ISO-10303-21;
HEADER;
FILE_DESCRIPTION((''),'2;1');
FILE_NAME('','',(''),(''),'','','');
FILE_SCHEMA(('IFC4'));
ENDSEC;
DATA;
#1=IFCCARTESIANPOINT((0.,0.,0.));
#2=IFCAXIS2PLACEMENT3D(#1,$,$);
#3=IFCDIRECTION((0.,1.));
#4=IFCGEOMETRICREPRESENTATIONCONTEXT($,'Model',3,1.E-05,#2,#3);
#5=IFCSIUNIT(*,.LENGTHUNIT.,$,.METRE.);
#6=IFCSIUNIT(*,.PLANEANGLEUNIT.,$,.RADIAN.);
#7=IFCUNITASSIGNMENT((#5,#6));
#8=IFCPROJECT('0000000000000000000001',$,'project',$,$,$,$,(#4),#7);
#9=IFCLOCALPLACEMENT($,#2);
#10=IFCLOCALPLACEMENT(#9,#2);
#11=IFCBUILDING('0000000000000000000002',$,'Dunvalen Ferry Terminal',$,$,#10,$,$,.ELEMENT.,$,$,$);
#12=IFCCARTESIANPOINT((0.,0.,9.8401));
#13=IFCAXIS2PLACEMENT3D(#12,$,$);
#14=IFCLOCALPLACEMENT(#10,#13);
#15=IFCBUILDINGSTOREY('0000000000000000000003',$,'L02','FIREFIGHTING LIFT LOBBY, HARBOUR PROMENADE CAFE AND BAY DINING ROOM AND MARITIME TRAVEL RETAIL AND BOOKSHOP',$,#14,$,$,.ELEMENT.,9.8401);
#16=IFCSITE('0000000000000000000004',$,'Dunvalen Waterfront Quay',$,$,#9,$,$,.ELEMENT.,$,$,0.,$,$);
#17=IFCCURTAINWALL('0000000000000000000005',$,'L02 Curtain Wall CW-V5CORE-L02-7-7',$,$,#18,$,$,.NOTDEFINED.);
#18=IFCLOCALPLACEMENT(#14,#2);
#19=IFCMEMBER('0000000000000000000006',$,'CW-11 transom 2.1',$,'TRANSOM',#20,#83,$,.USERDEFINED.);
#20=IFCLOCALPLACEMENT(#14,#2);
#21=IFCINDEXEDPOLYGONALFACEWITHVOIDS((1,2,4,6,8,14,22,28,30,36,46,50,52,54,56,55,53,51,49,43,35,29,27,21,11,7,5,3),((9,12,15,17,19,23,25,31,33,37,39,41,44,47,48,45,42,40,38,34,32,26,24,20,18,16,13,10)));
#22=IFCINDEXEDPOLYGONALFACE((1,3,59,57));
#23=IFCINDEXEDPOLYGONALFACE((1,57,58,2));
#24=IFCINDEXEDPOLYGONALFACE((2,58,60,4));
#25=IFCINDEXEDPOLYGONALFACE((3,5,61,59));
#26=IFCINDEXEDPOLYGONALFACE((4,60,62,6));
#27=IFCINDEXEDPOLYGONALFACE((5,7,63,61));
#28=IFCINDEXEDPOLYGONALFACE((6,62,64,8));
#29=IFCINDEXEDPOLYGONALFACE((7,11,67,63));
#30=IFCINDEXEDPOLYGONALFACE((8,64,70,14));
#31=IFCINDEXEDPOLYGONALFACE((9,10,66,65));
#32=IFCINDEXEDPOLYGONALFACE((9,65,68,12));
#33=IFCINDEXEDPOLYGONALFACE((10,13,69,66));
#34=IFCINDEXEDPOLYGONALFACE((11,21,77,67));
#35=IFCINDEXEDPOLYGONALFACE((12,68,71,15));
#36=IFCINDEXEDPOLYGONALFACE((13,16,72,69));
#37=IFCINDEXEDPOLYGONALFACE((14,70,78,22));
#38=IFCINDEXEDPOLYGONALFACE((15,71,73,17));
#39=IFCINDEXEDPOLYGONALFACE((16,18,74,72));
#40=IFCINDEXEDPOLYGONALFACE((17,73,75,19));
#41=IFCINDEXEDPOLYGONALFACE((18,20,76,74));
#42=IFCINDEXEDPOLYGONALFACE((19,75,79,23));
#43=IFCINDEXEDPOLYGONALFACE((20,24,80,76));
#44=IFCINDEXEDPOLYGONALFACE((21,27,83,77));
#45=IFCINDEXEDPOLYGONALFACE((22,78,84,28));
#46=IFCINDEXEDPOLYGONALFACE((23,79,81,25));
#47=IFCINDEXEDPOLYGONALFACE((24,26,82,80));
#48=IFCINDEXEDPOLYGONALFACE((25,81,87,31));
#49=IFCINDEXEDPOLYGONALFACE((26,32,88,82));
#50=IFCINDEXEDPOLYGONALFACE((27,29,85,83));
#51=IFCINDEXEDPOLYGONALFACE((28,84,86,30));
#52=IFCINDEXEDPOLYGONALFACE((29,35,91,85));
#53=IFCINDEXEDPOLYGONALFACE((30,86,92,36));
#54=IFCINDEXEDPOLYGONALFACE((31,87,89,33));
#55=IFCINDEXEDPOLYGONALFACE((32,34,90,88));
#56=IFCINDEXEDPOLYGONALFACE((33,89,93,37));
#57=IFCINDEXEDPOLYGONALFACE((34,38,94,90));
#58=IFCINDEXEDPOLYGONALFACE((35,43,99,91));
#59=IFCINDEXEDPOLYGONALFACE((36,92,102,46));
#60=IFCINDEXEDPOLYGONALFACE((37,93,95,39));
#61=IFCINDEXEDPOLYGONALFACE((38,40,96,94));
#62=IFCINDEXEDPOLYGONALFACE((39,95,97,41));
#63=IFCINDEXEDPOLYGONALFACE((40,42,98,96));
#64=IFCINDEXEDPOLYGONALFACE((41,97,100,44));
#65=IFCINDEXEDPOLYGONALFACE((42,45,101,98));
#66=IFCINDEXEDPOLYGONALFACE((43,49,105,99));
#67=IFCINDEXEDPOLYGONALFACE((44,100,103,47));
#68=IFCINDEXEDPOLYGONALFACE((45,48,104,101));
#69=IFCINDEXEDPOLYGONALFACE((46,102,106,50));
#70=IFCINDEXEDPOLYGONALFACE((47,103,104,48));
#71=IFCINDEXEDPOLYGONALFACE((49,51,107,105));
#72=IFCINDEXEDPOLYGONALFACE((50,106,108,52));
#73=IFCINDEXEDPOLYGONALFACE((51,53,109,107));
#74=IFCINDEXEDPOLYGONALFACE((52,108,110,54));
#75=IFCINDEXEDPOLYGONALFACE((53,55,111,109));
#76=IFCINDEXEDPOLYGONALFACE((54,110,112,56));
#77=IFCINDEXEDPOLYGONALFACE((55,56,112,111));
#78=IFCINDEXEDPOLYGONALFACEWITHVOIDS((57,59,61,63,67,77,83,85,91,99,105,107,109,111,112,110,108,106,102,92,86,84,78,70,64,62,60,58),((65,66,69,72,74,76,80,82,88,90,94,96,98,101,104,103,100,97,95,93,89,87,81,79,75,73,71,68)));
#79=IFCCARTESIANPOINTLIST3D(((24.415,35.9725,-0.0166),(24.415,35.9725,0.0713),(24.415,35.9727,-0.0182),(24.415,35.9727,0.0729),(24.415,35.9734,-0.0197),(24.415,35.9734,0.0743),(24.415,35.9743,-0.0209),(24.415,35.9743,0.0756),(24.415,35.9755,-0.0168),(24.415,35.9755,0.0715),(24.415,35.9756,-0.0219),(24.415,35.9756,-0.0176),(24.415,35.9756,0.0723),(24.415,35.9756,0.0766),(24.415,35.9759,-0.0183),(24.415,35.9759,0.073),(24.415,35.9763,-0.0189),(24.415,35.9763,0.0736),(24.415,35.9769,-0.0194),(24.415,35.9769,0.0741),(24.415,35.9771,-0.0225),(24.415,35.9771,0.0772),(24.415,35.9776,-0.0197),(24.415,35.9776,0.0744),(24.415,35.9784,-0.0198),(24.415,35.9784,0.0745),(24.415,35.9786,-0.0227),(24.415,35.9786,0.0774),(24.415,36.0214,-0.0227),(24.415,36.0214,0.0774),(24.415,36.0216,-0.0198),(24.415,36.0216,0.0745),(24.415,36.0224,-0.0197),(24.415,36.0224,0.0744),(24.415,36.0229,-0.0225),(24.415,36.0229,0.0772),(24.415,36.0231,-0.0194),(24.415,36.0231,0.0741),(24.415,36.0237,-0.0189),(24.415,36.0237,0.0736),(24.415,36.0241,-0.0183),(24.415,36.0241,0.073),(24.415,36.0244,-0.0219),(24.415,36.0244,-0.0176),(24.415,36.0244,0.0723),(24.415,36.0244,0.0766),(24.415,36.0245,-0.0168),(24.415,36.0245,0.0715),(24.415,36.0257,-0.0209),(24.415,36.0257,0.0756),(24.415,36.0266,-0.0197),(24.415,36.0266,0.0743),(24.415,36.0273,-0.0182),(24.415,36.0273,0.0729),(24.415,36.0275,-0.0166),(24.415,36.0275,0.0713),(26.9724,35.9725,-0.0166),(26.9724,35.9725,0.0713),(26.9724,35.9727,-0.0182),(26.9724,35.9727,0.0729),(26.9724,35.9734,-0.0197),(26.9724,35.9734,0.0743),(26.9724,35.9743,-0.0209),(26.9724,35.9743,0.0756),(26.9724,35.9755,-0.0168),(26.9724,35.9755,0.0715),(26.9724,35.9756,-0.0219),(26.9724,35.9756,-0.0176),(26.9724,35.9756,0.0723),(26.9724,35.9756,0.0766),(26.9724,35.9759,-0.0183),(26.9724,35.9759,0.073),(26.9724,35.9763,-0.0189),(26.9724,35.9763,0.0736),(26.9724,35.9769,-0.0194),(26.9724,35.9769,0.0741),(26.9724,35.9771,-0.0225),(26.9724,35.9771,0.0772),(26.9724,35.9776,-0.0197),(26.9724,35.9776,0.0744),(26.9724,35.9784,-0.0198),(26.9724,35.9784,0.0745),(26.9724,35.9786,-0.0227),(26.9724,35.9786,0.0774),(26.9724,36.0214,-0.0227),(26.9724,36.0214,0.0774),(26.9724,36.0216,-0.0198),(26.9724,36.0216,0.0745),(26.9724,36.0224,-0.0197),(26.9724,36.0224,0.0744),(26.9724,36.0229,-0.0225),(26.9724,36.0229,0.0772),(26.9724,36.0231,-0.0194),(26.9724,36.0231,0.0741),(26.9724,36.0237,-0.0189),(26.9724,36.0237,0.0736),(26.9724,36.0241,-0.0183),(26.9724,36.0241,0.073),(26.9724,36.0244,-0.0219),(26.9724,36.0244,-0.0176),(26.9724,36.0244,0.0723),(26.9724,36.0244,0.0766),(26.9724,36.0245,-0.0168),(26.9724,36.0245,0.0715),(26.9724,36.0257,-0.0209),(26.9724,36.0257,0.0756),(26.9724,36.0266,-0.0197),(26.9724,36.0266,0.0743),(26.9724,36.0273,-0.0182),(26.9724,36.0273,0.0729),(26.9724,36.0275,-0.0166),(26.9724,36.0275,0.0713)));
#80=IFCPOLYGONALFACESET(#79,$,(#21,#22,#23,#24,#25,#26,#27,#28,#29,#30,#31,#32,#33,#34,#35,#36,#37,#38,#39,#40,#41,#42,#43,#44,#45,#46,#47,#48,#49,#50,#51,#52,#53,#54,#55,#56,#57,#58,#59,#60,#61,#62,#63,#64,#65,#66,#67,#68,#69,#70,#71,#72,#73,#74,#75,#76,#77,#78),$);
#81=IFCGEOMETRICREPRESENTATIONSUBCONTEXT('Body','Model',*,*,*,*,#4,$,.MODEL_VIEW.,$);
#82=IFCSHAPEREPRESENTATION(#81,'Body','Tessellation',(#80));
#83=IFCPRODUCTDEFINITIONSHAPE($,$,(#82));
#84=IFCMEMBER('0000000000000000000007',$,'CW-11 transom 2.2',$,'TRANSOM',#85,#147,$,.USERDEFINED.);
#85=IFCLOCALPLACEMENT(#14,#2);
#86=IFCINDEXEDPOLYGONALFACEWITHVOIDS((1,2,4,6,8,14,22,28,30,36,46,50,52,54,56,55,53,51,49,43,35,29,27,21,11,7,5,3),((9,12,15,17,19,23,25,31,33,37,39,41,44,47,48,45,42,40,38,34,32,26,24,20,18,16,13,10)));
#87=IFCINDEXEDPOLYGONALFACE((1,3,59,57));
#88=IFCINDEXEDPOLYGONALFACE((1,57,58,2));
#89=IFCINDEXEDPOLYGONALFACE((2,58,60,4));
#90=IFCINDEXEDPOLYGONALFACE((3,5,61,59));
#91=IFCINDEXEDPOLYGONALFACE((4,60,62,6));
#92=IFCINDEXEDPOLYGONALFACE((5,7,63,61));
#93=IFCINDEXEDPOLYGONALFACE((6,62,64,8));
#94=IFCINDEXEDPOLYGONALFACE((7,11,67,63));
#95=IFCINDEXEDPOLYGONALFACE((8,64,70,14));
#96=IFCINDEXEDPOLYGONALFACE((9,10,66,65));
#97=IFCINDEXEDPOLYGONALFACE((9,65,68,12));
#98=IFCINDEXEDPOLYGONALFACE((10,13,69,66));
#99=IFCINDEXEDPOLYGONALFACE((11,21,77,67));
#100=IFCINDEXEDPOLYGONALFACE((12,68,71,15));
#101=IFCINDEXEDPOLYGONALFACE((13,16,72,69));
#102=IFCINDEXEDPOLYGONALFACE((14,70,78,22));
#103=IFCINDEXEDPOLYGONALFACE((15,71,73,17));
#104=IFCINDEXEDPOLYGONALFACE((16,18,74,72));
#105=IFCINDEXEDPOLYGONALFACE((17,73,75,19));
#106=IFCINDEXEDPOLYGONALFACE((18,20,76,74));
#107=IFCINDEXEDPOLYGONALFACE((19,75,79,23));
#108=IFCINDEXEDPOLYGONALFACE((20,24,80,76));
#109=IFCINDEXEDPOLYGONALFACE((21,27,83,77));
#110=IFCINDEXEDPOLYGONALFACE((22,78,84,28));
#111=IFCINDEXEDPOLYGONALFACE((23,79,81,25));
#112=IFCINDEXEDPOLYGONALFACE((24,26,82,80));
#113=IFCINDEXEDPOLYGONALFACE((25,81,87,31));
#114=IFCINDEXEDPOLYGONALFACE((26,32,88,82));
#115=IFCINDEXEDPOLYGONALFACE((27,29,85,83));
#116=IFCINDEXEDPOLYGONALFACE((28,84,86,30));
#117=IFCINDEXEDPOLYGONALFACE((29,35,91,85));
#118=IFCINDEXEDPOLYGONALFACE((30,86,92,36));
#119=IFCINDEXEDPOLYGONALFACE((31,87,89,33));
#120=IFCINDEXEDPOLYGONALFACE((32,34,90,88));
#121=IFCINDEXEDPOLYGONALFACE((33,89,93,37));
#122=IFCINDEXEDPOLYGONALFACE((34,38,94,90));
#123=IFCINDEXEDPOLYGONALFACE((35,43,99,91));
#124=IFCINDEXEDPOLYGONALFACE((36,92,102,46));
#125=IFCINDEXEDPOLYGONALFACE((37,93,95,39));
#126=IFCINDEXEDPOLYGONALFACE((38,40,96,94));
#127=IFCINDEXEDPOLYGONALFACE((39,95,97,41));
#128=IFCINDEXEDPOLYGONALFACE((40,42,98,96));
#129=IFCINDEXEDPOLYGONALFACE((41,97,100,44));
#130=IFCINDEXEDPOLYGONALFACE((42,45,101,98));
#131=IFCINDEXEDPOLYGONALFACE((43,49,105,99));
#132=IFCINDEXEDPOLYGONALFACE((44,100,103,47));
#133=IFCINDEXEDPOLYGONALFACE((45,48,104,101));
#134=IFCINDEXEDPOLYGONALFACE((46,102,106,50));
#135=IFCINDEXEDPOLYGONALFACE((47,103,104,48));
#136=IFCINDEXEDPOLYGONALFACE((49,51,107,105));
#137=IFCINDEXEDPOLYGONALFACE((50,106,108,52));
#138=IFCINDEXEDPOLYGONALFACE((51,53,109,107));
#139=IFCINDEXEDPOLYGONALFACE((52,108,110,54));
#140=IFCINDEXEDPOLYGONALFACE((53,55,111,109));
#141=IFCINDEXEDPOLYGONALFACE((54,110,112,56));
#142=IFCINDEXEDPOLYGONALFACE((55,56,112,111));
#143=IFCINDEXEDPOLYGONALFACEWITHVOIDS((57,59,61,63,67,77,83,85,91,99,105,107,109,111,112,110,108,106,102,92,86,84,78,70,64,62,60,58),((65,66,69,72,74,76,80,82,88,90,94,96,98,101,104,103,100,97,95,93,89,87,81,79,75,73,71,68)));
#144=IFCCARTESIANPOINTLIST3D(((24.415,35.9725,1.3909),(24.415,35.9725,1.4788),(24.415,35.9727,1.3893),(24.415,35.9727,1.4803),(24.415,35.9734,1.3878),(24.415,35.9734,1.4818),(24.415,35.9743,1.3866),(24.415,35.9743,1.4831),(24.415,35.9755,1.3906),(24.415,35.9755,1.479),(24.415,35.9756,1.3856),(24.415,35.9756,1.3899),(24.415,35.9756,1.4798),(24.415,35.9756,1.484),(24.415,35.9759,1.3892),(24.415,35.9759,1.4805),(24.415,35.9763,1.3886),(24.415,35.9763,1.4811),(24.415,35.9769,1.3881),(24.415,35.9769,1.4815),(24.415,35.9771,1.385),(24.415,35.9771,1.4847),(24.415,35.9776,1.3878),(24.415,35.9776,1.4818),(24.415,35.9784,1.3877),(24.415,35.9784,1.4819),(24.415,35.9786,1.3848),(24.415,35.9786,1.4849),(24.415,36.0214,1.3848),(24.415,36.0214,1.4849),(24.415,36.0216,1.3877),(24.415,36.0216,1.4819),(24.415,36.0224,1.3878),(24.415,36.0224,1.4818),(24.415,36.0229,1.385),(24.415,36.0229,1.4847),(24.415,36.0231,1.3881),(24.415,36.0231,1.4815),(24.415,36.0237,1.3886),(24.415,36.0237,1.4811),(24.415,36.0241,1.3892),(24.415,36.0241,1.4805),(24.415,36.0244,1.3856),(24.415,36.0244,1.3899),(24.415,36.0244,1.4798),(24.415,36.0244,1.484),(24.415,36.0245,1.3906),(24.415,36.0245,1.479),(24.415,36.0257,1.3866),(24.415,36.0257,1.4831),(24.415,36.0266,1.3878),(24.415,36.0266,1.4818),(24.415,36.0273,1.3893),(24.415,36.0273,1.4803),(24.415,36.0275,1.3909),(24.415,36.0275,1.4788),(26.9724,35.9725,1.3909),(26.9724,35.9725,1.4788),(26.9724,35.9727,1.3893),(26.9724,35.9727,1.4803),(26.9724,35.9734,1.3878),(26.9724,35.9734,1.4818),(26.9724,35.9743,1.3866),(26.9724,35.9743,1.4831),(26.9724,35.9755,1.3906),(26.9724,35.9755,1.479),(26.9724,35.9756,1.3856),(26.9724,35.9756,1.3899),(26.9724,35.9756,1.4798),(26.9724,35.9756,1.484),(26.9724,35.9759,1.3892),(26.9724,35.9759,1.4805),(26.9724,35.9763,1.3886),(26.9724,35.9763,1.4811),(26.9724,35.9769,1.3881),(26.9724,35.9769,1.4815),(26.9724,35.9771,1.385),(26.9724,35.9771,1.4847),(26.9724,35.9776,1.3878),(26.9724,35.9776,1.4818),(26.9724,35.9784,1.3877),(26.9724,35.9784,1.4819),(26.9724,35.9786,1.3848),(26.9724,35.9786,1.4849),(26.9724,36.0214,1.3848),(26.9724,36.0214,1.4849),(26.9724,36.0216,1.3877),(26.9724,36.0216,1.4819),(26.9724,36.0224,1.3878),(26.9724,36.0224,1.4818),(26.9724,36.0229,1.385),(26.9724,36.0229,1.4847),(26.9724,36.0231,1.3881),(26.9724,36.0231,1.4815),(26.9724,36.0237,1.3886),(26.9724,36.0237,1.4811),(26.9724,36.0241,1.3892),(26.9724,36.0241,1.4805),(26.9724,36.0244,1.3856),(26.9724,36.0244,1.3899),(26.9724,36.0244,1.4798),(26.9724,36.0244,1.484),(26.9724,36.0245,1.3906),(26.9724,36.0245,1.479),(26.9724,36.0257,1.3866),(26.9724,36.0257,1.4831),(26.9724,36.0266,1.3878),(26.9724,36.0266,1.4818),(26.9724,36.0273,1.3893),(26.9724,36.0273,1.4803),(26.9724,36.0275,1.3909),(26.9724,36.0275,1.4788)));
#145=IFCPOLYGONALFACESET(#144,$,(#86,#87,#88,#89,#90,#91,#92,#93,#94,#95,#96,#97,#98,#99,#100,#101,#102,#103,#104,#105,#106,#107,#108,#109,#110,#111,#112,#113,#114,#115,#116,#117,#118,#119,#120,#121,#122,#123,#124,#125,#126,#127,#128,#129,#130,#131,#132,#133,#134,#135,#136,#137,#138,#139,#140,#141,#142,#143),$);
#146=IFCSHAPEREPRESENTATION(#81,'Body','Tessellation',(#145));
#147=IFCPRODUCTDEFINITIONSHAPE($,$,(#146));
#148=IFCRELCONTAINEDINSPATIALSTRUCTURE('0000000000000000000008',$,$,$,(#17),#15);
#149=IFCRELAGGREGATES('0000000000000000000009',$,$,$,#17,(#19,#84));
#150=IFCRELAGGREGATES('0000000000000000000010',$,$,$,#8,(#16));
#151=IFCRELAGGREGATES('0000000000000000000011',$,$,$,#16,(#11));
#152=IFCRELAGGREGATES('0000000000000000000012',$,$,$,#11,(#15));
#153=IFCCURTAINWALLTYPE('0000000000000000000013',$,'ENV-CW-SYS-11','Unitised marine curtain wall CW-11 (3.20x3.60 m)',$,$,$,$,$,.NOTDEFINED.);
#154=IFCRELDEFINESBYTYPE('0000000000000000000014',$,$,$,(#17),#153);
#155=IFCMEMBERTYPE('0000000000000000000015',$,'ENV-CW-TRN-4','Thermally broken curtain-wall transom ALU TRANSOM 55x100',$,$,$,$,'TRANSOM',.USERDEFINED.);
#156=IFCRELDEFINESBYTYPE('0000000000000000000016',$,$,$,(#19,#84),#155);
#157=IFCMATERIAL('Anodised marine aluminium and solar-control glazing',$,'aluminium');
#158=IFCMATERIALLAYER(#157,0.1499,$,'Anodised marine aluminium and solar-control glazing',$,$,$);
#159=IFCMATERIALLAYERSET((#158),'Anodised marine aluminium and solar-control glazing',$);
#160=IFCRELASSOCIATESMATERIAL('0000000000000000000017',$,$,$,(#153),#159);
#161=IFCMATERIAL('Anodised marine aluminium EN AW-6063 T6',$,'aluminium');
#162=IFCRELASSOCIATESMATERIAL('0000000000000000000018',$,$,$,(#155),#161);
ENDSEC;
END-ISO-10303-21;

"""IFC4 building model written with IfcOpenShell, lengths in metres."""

from ifc_helpers import new_model, si_unit, direction, frame, origin, origin_2d, place, context, subcontext, project, spatial, hollow_rectangle, extrude, material, layer, layer_set, material_profile, profile_set, type_object, element, aggregate, save


model = new_model("IFC4")

# Units and contexts
model_context = context("Model", 3, precision=1e-05, world=origin(), true_north=direction((0.0, 1.0)))
body_context = subcontext(model_context, "Body", "Model", "MODEL_VIEW")
ifc_project = project(units=[si_unit("LENGTHUNIT", "METRE"), si_unit("PLANEANGLEUNIT", "RADIAN")], contexts=[model_context])

# Site, building, storey
site_placement = place(None, origin())
site = spatial("IfcSite", under=ifc_project, at=site_placement, Name="Dunvalen Waterfront Quay", CompositionType="ELEMENT", RefElevation=0.0)
building_placement = place(site_placement, origin())
building = spatial("IfcBuilding", under=site, at=building_placement, Name="Dunvalen Ferry Terminal", CompositionType="ELEMENT")
storey_placement = place(building_placement, frame((0.0, 0.0, 9.8401)))
storey = spatial("IfcBuildingStorey", under=building, at=storey_placement, Name="L02", Description="FIREFIGHTING LIFT LOBBY, HARBOUR PROMENADE CAFE AND BAY DINING ROOM AND MARITIME TRAVEL RETAIL AND BOOKSHOP", CompositionType="ELEMENT", Elevation=9.8401)

# Curtain wall, members
ifc_material_1 = material(Name="Anodised marine aluminium and solar-control glazing", Category="aluminium")
ifc_layer_1 = layer(ifc_material_1, 0.1499, Name="Anodised marine aluminium and solar-control glazing")
ifc_layer_set_1 = layer_set([ifc_layer_1], Name="Anodised marine aluminium and solar-control glazing")
curtain_wall_type = type_object("IfcCurtainWallType", Name="ENV-CW-SYS-11", Description="Unitised marine curtain wall CW-11 (3.20x3.60 m)", PredefinedType="NOTDEFINED", material=ifc_layer_set_1)
curtain_wall_placement = place(storey_placement, origin())
curtain_wall = element("IfcCurtainWall", 1, at=curtain_wall_placement, inside=storey, type_object=curtain_wall_type, Name="L02 Curtain Wall CW-V5CORE-L02-7-7", PredefinedType="NOTDEFINED")
ifc_material_2 = material(Name="Anodised marine aluminium EN AW-6063 T6", Category="aluminium")
ifc_material_profile_1 = material_profile(ifc_material_2, hollow_rectangle(XDim=0.0549, YDim=0.1001, WallThickness=0.0029, InnerFilletRadius=0.0029, OuterFilletRadius=0.0061, at=origin_2d()), Name="Anodised marine aluminium EN AW-6063 T6")
ifc_profile_set_1 = profile_set([ifc_material_profile_1], Name="Anodised marine aluminium EN AW-6063 T6")
member_type_1 = type_object("IfcMemberType", Name="ENV-CW-TRN-4", Description="Thermally broken curtain-wall transom ALU TRANSOM 55x100", ElementType="TRANSOM", PredefinedType="USERDEFINED", material=ifc_profile_set_1)
member_1_placement = place(storey_placement, frame((26.9724, 36.0, 0.0273), z_axis=(-1.0, 0.0, 0.0), x_axis=(0.0, -1.0, 0.0)))
member_1 = element("IfcMember", 2, at=member_1_placement, type_object=member_type_1, Name="CW-11 transom 2.1", ObjectType="TRANSOM", PredefinedType="USERDEFINED", context=body_context, shape_type="SweptSolid", body=[
    extrude(hollow_rectangle(XDim=0.0549, YDim=0.1001, WallThickness=0.0029, InnerFilletRadius=0.0029, OuterFilletRadius=0.0061, at=origin_2d()), origin(), (0.0, 0.0, 1.0), 2.5574),
])
member_2_placement = place(storey_placement, frame((26.9724, 36.0, 1.4348), z_axis=(-1.0, 0.0, 0.0), x_axis=(0.0, -1.0, 0.0)))
member_2 = element("IfcMember", 3, at=member_2_placement, type_object=member_type_1, Name="CW-11 transom 2.2", ObjectType="TRANSOM", PredefinedType="USERDEFINED", context=body_context, shape_type="SweptSolid", body=[
    extrude(hollow_rectangle(XDim=0.0549, YDim=0.1001, WallThickness=0.0029, InnerFilletRadius=0.0029, OuterFilletRadius=0.0061, at=origin_2d()), origin(), (0.0, 0.0, 1.0), 2.5574),
])

aggregate(curtain_wall, [member_1, member_2])

save(model, "model.ifc")
